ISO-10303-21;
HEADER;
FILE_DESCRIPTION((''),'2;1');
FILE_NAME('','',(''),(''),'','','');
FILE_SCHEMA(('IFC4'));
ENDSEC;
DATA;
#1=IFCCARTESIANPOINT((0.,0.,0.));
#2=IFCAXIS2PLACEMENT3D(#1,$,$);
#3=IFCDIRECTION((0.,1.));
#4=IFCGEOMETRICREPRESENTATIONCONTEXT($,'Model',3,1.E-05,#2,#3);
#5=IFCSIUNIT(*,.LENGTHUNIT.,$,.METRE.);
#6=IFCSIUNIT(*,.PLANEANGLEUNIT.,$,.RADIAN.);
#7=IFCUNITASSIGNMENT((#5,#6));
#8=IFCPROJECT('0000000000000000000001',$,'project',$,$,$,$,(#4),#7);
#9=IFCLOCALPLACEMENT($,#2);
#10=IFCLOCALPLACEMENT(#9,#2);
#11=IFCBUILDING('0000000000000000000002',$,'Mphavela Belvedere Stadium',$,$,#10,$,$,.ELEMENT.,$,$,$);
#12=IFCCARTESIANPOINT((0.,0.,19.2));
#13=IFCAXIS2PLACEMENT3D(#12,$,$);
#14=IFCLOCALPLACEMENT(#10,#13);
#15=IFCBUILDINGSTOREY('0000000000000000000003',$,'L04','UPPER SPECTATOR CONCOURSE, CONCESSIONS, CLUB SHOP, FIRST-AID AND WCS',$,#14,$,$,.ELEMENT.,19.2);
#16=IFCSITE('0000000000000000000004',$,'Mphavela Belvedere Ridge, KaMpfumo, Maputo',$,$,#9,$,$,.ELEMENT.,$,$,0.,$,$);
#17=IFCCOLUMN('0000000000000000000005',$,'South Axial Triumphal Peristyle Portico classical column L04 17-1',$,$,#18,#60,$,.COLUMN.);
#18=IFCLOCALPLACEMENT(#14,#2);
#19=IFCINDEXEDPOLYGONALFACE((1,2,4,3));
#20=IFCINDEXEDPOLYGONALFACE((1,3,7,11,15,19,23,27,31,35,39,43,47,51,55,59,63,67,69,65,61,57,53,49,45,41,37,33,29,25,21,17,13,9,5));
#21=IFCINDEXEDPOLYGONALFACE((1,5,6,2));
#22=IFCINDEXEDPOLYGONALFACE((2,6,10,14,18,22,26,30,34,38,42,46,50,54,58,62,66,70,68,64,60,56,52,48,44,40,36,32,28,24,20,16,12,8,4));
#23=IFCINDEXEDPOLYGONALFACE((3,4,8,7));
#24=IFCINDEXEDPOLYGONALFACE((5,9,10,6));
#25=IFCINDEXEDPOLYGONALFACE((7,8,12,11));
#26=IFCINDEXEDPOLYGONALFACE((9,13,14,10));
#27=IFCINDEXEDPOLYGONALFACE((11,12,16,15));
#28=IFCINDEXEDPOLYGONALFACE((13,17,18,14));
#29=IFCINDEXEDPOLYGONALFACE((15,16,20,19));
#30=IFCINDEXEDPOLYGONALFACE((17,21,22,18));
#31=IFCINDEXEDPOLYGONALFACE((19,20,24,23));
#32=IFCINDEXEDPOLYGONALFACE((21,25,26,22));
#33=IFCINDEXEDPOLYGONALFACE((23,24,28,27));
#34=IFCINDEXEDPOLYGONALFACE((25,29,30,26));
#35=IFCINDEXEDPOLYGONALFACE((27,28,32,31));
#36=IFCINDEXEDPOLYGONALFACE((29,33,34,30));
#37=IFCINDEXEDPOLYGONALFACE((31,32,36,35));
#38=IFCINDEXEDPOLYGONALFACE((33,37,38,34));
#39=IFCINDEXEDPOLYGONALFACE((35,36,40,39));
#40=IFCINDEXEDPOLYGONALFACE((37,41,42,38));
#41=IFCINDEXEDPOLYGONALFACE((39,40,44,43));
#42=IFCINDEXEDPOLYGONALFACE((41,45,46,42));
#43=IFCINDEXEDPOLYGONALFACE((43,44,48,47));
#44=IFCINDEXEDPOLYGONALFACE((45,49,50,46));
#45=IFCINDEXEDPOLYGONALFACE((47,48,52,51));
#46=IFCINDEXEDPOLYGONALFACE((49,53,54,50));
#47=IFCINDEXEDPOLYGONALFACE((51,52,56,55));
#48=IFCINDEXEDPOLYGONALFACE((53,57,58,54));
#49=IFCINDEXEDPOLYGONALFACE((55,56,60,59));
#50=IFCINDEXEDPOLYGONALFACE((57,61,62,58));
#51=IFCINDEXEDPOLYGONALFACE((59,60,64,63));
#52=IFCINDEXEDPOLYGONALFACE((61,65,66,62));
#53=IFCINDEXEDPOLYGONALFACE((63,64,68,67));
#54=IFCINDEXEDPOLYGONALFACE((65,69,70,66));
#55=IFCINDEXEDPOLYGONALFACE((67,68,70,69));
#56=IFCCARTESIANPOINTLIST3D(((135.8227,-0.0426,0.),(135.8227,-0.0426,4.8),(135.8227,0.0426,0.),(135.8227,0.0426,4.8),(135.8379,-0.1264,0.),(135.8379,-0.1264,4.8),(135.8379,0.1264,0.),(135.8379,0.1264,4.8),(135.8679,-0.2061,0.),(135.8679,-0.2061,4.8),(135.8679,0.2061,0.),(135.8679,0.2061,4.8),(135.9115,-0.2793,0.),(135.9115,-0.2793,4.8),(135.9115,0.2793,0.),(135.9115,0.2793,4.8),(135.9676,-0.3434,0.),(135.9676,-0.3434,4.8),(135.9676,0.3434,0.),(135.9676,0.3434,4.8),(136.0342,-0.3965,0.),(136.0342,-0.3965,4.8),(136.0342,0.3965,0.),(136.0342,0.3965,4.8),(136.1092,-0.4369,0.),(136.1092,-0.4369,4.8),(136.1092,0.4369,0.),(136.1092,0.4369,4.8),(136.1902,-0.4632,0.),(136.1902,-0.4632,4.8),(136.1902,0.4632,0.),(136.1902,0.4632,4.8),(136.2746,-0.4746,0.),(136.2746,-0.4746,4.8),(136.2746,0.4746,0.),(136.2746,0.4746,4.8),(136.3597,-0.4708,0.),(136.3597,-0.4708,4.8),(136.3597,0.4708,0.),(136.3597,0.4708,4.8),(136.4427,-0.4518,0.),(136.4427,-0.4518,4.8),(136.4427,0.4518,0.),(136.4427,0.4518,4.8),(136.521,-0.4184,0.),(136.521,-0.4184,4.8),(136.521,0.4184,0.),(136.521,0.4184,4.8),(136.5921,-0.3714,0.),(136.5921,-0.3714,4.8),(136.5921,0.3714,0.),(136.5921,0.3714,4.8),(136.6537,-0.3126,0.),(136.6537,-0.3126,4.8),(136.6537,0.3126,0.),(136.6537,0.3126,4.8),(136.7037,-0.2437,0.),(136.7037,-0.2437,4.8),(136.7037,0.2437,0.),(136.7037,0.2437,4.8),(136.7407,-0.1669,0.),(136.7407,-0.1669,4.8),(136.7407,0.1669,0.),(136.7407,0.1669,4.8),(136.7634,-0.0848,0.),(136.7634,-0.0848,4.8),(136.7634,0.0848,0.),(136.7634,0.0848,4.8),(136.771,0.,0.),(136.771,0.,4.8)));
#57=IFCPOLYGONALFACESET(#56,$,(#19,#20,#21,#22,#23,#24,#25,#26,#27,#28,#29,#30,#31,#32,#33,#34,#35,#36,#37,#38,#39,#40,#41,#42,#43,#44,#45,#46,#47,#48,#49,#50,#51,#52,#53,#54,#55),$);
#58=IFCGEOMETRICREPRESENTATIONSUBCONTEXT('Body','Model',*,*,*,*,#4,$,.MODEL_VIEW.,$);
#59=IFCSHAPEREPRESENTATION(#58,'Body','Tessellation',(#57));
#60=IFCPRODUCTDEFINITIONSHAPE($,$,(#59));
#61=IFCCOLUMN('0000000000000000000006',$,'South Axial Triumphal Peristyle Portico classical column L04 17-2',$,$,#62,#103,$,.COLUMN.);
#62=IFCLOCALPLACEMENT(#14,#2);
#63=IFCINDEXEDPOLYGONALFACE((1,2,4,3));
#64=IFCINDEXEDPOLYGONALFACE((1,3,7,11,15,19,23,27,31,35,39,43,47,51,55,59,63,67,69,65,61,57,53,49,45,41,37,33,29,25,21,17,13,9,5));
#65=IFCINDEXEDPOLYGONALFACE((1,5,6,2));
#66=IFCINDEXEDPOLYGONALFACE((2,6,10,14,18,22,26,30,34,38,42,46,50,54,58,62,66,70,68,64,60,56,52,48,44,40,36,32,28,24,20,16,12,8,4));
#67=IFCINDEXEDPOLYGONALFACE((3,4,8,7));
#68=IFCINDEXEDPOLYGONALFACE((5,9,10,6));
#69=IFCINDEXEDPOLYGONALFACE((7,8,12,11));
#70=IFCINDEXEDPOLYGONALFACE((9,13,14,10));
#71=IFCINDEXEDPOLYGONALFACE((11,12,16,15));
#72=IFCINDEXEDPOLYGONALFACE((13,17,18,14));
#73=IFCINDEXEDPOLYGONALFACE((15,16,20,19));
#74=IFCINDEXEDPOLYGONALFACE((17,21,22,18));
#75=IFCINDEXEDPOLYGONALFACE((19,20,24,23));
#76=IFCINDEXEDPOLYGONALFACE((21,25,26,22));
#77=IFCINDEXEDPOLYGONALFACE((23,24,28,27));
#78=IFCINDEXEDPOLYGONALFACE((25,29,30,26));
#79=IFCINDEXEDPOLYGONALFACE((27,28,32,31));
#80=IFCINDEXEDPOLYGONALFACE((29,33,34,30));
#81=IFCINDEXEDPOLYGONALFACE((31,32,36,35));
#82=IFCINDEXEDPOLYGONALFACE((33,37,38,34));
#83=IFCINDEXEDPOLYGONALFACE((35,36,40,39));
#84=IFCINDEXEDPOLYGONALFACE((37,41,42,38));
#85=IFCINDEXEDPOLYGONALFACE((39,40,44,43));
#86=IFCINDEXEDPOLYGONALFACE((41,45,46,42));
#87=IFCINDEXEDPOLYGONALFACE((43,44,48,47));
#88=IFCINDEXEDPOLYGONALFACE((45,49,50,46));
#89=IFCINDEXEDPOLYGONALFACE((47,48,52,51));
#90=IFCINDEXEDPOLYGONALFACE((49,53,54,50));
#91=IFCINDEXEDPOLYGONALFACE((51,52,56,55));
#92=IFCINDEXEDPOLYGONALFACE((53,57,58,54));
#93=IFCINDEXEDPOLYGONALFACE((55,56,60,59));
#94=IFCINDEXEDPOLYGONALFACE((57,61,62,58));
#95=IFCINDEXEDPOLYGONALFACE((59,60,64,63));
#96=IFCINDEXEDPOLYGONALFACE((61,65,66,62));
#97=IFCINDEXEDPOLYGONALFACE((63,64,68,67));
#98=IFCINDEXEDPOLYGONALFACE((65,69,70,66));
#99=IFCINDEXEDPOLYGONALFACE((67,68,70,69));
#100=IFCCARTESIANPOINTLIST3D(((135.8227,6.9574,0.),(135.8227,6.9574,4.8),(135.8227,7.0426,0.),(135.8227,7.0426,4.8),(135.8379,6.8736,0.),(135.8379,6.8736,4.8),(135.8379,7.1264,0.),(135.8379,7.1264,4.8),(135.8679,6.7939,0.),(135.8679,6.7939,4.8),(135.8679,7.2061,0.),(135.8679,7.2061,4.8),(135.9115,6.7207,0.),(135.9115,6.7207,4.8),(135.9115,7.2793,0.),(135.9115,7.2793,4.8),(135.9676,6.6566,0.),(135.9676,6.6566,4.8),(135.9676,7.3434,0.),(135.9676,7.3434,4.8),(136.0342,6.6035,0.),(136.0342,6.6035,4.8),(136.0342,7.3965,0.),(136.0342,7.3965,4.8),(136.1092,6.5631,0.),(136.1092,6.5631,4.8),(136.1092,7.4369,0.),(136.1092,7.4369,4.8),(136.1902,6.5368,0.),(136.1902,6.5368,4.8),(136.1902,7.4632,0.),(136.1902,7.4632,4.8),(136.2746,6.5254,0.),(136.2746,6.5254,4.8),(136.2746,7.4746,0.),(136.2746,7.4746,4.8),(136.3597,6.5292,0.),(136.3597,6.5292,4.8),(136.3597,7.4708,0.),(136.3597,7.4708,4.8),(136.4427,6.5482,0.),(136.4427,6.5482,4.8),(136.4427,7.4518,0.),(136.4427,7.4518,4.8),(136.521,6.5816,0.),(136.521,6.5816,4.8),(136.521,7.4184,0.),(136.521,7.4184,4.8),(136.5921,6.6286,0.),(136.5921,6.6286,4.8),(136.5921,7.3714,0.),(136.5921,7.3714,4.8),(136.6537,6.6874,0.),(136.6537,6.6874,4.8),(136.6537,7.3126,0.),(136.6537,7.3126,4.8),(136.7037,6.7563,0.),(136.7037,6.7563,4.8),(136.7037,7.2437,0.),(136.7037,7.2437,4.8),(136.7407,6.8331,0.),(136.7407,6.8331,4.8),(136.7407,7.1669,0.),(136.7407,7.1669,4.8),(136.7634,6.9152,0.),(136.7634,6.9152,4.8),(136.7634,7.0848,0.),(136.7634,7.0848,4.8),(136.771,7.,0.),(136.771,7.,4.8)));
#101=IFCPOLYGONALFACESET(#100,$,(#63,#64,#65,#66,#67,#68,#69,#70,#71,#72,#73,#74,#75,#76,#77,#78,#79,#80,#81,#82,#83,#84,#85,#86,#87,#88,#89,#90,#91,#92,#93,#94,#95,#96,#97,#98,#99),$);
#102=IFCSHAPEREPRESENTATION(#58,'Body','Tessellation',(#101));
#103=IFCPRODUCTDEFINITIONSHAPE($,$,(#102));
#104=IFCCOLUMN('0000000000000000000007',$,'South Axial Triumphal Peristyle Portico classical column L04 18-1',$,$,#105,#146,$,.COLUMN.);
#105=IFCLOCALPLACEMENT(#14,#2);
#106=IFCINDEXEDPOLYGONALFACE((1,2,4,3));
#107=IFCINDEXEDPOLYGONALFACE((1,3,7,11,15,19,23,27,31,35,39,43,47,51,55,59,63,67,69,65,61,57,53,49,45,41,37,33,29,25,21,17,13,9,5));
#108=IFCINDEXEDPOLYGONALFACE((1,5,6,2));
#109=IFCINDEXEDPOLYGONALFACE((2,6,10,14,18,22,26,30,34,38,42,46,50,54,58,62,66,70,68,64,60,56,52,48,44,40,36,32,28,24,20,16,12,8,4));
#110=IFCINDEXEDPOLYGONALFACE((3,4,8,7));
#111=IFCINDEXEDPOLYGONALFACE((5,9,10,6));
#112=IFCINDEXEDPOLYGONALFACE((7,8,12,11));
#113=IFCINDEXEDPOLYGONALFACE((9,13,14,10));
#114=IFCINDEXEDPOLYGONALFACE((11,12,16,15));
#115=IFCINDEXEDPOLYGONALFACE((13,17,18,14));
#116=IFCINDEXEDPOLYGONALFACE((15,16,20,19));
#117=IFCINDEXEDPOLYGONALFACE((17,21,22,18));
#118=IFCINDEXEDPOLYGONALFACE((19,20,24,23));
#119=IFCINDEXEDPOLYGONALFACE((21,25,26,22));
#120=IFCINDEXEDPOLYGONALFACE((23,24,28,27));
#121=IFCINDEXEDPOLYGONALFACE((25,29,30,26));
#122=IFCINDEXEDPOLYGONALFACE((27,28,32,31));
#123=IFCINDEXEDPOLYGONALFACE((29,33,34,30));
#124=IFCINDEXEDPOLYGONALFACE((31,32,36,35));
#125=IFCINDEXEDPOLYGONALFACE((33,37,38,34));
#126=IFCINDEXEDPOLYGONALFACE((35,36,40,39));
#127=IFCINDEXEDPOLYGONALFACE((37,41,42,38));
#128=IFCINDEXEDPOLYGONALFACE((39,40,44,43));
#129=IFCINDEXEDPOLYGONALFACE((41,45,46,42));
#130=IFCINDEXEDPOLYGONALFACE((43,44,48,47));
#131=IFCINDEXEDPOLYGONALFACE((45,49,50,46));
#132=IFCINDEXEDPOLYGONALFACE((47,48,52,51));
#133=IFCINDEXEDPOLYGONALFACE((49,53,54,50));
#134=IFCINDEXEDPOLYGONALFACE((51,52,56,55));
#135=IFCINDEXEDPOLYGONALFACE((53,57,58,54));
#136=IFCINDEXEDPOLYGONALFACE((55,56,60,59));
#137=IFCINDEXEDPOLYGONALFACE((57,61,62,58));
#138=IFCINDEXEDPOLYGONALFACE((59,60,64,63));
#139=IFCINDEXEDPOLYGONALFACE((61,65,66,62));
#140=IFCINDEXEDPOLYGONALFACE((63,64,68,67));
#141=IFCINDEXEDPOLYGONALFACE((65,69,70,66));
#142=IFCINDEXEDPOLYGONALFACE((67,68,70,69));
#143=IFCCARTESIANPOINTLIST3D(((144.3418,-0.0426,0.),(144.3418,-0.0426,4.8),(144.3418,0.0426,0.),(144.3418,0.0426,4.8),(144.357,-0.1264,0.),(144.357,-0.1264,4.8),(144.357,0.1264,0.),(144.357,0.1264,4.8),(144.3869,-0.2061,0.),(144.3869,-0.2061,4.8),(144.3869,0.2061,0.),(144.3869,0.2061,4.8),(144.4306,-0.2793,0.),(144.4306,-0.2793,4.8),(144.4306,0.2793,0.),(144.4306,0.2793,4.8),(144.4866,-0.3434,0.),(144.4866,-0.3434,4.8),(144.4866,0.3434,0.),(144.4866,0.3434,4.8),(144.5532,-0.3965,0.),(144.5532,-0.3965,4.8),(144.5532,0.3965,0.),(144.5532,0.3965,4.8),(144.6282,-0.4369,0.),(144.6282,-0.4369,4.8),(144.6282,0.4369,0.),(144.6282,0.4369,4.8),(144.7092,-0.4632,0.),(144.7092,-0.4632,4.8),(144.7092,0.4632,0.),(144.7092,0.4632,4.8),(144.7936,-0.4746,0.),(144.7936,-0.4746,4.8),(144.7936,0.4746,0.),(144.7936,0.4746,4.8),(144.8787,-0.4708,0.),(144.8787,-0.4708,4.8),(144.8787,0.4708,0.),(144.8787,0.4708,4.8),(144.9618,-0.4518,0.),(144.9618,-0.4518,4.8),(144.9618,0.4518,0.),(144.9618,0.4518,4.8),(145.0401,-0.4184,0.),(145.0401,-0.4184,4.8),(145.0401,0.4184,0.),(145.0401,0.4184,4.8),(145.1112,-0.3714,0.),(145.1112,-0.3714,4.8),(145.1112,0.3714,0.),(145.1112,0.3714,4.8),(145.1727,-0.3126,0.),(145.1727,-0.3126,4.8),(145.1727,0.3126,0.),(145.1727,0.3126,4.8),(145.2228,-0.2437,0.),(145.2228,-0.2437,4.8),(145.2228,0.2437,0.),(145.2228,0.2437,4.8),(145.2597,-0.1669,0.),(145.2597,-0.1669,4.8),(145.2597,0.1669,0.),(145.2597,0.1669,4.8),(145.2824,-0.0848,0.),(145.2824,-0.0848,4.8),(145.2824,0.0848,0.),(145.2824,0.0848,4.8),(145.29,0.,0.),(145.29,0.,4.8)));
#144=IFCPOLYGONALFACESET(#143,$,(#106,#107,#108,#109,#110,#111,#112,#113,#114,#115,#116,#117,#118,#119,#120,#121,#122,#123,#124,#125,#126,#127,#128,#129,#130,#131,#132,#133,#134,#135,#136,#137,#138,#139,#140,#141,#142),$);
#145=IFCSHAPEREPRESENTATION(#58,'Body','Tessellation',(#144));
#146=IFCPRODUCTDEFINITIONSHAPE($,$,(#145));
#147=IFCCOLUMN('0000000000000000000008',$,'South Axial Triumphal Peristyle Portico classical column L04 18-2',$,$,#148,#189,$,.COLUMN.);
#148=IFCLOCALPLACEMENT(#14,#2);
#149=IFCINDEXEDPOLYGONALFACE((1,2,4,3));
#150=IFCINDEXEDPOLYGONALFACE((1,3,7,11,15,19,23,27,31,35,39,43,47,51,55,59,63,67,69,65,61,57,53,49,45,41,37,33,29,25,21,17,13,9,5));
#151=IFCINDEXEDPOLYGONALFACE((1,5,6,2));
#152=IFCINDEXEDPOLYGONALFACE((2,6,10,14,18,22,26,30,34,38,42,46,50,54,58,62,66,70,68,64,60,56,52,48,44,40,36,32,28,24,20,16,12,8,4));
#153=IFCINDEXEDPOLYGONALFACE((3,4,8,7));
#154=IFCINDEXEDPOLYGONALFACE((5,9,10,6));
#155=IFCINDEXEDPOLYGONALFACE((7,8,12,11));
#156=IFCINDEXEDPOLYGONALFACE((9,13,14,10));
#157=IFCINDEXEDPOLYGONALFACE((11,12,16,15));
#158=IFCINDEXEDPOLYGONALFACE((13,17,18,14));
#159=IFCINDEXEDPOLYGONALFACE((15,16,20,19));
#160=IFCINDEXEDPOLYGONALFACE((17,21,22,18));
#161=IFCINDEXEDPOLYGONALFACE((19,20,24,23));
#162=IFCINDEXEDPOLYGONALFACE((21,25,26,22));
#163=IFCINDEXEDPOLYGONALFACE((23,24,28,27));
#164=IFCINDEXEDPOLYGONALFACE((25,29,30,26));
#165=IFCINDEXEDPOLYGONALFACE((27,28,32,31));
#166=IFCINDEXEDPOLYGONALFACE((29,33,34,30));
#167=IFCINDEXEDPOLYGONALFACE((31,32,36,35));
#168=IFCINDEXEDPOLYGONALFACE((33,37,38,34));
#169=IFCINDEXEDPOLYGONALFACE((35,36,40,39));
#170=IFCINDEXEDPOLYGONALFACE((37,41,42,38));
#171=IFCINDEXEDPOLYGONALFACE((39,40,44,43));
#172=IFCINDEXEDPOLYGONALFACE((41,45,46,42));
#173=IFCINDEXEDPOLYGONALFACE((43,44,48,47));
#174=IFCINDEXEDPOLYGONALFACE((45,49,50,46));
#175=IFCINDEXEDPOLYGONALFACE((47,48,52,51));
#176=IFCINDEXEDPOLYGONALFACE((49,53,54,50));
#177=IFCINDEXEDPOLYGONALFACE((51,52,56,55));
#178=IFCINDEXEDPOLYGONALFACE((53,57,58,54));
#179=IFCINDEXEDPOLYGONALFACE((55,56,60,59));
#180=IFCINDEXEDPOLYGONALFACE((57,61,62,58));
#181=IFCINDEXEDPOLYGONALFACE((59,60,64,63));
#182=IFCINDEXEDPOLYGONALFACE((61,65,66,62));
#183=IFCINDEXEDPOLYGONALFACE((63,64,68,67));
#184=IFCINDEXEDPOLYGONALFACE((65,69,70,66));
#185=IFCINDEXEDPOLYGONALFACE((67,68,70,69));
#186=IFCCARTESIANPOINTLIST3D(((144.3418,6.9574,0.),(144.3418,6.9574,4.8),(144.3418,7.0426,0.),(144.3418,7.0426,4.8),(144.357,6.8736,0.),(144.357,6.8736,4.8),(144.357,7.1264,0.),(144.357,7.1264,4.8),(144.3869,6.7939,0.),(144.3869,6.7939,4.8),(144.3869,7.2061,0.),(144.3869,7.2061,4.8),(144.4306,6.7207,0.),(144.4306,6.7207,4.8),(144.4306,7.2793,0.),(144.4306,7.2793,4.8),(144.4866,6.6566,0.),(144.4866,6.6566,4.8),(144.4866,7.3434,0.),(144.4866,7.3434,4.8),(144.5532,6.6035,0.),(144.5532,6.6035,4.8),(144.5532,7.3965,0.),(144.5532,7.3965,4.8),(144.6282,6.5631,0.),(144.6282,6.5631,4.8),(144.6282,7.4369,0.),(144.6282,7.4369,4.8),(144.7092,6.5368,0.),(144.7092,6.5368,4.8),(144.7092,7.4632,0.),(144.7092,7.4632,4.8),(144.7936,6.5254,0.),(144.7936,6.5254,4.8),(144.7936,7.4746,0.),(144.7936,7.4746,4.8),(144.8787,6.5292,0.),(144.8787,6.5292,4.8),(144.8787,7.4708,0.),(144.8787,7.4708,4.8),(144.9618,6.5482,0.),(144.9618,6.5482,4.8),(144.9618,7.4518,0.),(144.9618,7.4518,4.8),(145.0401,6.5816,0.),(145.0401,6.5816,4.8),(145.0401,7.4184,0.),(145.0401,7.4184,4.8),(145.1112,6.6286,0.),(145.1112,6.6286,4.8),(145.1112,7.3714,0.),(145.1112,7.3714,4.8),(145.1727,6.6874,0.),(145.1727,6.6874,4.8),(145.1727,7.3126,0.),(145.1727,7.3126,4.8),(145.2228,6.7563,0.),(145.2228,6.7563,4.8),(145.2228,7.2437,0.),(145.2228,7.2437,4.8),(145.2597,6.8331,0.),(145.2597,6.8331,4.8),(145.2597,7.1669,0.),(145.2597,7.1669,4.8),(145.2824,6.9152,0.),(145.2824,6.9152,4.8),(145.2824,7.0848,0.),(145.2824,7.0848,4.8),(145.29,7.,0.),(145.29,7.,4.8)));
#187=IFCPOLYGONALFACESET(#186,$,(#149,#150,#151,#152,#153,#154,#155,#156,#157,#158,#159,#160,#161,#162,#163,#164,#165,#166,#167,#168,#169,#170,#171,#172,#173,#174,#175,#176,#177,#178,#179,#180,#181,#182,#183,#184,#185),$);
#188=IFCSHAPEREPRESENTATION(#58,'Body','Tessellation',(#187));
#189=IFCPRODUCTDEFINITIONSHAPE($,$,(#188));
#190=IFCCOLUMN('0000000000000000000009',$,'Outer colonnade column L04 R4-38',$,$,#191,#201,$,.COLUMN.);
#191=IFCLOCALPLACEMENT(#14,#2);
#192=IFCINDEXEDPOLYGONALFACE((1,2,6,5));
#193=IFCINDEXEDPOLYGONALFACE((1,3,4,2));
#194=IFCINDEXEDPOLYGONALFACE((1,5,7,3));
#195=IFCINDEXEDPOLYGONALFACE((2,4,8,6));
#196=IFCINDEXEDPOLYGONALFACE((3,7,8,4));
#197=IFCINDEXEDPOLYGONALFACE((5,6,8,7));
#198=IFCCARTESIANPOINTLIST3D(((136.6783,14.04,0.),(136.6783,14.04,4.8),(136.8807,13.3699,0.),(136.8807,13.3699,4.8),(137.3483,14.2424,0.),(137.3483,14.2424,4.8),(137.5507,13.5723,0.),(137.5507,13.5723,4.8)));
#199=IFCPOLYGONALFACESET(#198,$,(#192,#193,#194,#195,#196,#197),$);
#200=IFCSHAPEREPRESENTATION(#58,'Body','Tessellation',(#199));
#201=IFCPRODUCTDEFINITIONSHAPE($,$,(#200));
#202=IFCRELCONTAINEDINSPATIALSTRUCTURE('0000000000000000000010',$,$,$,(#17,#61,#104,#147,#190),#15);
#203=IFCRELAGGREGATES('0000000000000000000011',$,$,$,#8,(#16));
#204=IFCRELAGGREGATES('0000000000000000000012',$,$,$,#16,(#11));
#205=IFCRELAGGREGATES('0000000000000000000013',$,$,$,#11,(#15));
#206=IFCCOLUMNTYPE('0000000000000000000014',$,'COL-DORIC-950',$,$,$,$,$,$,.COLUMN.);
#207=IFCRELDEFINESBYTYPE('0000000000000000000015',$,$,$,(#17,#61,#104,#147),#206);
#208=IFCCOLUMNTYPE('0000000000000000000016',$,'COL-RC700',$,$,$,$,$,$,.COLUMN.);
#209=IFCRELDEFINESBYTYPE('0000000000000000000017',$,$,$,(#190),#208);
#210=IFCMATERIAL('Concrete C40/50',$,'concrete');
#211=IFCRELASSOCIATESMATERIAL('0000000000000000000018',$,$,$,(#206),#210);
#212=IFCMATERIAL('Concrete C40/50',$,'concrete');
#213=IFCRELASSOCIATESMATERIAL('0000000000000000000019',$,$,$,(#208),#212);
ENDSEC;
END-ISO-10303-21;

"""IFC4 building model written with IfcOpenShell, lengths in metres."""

from ifc_helpers import new_model, si_unit, direction, frame, origin, origin_2d, place, context, subcontext, project, spatial, rectangle, circle, extrude, material, material_profile, profile_set, type_object, element, save


model = new_model("IFC4")

# Units and contexts
model_context = context("Model", 3, precision=1e-05, world=origin(), true_north=direction((0.0, 1.0)))
body_context = subcontext(model_context, "Body", "Model", "MODEL_VIEW")
ifc_project = project(units=[si_unit("LENGTHUNIT", "METRE"), si_unit("PLANEANGLEUNIT", "RADIAN")], contexts=[model_context])

# Site, building, storey
site_placement = place(None, origin())
site = spatial("IfcSite", under=ifc_project, at=site_placement, Name="Mphavela Belvedere Ridge, KaMpfumo, Maputo", CompositionType="ELEMENT", RefElevation=0.0)
building_placement = place(site_placement, origin())
building = spatial("IfcBuilding", under=site, at=building_placement, Name="Mphavela Belvedere Stadium", CompositionType="ELEMENT")
storey_placement = place(building_placement, frame((0.0, 0.0, 19.2)))
storey = spatial("IfcBuildingStorey", under=building, at=storey_placement, Name="L04", Description="UPPER SPECTATOR CONCOURSE, CONCESSIONS, CLUB SHOP, FIRST-AID AND WCS", CompositionType="ELEMENT", Elevation=19.2)

# Columns
ifc_material_1 = material(Name="Concrete C40/50", Category="concrete")
ifc_material_profile_1 = material_profile(ifc_material_1, circle(Radius=0.4751, at=origin_2d()), Name="COL D950")
ifc_profile_set_1 = profile_set([ifc_material_profile_1], Name="Concrete C40/50")
column_type_1 = type_object("IfcColumnType", Name="COL-DORIC-950", PredefinedType="COLUMN", material=ifc_profile_set_1)
for number, where, z_axis, x_axis, name in (
    (1, (136.2959, 0.0, 0.0), (0.0, 0.0, 1.0), (1.0, 0.0, 0.0), "South Axial Triumphal Peristyle Portico classical column L04 17-1"),
    (2, (136.2959, 7.0, 0.0), (0.0, 0.0, 1.0), (1.0, 0.0, 0.0), "South Axial Triumphal Peristyle Portico classical column L04 17-2"),
    (3, (144.8149, 0.0, 0.0), (0.0, 0.0, 1.0), (1.0, 0.0, 0.0), "South Axial Triumphal Peristyle Portico classical column L04 18-1"),
    (4, (144.8149, 7.0, 0.0), (0.0, 0.0, 1.0), (1.0, 0.0, 0.0), "South Axial Triumphal Peristyle Portico classical column L04 18-2"),
):
    element("IfcColumn", number, at=place(storey_placement, frame(where, z_axis=z_axis, x_axis=x_axis)), inside=storey, type_object=column_type_1, Name=name, PredefinedType="COLUMN", context=body_context, shape_type="SweptSolid", body=[
        extrude(circle(Radius=0.4751, at=origin_2d()), origin(), (0.0, 0.0, 1.0), 4.8),
    ])
ifc_material_2 = material(Name="Concrete C40/50", Category="concrete")
ifc_material_profile_2 = material_profile(ifc_material_2, rectangle(XDim=0.7, YDim=0.7, at=origin_2d()), Name="RC 700x700")
ifc_profile_set_2 = profile_set([ifc_material_profile_2], Name="Concrete C40/50")
column_type_2 = type_object("IfcColumnType", Name="COL-RC700", PredefinedType="COLUMN", material=ifc_profile_set_2)
column_placement = place(storey_placement, frame((137.1145, 13.8062, 0.0), z_axis=(0.0, 0.0, 1.0), x_axis=(0.289199, -0.957269, 0.0)))
element("IfcColumn", 5, at=column_placement, inside=storey, type_object=column_type_2, Name="Outer colonnade column L04 R4-38", PredefinedType="COLUMN", context=body_context, shape_type="SweptSolid", body=[
    extrude(rectangle(XDim=0.7, YDim=0.7, at=origin_2d()), origin(), (0.0, 0.0, 1.0), 4.8),
])

save(model, "model.ifc")
